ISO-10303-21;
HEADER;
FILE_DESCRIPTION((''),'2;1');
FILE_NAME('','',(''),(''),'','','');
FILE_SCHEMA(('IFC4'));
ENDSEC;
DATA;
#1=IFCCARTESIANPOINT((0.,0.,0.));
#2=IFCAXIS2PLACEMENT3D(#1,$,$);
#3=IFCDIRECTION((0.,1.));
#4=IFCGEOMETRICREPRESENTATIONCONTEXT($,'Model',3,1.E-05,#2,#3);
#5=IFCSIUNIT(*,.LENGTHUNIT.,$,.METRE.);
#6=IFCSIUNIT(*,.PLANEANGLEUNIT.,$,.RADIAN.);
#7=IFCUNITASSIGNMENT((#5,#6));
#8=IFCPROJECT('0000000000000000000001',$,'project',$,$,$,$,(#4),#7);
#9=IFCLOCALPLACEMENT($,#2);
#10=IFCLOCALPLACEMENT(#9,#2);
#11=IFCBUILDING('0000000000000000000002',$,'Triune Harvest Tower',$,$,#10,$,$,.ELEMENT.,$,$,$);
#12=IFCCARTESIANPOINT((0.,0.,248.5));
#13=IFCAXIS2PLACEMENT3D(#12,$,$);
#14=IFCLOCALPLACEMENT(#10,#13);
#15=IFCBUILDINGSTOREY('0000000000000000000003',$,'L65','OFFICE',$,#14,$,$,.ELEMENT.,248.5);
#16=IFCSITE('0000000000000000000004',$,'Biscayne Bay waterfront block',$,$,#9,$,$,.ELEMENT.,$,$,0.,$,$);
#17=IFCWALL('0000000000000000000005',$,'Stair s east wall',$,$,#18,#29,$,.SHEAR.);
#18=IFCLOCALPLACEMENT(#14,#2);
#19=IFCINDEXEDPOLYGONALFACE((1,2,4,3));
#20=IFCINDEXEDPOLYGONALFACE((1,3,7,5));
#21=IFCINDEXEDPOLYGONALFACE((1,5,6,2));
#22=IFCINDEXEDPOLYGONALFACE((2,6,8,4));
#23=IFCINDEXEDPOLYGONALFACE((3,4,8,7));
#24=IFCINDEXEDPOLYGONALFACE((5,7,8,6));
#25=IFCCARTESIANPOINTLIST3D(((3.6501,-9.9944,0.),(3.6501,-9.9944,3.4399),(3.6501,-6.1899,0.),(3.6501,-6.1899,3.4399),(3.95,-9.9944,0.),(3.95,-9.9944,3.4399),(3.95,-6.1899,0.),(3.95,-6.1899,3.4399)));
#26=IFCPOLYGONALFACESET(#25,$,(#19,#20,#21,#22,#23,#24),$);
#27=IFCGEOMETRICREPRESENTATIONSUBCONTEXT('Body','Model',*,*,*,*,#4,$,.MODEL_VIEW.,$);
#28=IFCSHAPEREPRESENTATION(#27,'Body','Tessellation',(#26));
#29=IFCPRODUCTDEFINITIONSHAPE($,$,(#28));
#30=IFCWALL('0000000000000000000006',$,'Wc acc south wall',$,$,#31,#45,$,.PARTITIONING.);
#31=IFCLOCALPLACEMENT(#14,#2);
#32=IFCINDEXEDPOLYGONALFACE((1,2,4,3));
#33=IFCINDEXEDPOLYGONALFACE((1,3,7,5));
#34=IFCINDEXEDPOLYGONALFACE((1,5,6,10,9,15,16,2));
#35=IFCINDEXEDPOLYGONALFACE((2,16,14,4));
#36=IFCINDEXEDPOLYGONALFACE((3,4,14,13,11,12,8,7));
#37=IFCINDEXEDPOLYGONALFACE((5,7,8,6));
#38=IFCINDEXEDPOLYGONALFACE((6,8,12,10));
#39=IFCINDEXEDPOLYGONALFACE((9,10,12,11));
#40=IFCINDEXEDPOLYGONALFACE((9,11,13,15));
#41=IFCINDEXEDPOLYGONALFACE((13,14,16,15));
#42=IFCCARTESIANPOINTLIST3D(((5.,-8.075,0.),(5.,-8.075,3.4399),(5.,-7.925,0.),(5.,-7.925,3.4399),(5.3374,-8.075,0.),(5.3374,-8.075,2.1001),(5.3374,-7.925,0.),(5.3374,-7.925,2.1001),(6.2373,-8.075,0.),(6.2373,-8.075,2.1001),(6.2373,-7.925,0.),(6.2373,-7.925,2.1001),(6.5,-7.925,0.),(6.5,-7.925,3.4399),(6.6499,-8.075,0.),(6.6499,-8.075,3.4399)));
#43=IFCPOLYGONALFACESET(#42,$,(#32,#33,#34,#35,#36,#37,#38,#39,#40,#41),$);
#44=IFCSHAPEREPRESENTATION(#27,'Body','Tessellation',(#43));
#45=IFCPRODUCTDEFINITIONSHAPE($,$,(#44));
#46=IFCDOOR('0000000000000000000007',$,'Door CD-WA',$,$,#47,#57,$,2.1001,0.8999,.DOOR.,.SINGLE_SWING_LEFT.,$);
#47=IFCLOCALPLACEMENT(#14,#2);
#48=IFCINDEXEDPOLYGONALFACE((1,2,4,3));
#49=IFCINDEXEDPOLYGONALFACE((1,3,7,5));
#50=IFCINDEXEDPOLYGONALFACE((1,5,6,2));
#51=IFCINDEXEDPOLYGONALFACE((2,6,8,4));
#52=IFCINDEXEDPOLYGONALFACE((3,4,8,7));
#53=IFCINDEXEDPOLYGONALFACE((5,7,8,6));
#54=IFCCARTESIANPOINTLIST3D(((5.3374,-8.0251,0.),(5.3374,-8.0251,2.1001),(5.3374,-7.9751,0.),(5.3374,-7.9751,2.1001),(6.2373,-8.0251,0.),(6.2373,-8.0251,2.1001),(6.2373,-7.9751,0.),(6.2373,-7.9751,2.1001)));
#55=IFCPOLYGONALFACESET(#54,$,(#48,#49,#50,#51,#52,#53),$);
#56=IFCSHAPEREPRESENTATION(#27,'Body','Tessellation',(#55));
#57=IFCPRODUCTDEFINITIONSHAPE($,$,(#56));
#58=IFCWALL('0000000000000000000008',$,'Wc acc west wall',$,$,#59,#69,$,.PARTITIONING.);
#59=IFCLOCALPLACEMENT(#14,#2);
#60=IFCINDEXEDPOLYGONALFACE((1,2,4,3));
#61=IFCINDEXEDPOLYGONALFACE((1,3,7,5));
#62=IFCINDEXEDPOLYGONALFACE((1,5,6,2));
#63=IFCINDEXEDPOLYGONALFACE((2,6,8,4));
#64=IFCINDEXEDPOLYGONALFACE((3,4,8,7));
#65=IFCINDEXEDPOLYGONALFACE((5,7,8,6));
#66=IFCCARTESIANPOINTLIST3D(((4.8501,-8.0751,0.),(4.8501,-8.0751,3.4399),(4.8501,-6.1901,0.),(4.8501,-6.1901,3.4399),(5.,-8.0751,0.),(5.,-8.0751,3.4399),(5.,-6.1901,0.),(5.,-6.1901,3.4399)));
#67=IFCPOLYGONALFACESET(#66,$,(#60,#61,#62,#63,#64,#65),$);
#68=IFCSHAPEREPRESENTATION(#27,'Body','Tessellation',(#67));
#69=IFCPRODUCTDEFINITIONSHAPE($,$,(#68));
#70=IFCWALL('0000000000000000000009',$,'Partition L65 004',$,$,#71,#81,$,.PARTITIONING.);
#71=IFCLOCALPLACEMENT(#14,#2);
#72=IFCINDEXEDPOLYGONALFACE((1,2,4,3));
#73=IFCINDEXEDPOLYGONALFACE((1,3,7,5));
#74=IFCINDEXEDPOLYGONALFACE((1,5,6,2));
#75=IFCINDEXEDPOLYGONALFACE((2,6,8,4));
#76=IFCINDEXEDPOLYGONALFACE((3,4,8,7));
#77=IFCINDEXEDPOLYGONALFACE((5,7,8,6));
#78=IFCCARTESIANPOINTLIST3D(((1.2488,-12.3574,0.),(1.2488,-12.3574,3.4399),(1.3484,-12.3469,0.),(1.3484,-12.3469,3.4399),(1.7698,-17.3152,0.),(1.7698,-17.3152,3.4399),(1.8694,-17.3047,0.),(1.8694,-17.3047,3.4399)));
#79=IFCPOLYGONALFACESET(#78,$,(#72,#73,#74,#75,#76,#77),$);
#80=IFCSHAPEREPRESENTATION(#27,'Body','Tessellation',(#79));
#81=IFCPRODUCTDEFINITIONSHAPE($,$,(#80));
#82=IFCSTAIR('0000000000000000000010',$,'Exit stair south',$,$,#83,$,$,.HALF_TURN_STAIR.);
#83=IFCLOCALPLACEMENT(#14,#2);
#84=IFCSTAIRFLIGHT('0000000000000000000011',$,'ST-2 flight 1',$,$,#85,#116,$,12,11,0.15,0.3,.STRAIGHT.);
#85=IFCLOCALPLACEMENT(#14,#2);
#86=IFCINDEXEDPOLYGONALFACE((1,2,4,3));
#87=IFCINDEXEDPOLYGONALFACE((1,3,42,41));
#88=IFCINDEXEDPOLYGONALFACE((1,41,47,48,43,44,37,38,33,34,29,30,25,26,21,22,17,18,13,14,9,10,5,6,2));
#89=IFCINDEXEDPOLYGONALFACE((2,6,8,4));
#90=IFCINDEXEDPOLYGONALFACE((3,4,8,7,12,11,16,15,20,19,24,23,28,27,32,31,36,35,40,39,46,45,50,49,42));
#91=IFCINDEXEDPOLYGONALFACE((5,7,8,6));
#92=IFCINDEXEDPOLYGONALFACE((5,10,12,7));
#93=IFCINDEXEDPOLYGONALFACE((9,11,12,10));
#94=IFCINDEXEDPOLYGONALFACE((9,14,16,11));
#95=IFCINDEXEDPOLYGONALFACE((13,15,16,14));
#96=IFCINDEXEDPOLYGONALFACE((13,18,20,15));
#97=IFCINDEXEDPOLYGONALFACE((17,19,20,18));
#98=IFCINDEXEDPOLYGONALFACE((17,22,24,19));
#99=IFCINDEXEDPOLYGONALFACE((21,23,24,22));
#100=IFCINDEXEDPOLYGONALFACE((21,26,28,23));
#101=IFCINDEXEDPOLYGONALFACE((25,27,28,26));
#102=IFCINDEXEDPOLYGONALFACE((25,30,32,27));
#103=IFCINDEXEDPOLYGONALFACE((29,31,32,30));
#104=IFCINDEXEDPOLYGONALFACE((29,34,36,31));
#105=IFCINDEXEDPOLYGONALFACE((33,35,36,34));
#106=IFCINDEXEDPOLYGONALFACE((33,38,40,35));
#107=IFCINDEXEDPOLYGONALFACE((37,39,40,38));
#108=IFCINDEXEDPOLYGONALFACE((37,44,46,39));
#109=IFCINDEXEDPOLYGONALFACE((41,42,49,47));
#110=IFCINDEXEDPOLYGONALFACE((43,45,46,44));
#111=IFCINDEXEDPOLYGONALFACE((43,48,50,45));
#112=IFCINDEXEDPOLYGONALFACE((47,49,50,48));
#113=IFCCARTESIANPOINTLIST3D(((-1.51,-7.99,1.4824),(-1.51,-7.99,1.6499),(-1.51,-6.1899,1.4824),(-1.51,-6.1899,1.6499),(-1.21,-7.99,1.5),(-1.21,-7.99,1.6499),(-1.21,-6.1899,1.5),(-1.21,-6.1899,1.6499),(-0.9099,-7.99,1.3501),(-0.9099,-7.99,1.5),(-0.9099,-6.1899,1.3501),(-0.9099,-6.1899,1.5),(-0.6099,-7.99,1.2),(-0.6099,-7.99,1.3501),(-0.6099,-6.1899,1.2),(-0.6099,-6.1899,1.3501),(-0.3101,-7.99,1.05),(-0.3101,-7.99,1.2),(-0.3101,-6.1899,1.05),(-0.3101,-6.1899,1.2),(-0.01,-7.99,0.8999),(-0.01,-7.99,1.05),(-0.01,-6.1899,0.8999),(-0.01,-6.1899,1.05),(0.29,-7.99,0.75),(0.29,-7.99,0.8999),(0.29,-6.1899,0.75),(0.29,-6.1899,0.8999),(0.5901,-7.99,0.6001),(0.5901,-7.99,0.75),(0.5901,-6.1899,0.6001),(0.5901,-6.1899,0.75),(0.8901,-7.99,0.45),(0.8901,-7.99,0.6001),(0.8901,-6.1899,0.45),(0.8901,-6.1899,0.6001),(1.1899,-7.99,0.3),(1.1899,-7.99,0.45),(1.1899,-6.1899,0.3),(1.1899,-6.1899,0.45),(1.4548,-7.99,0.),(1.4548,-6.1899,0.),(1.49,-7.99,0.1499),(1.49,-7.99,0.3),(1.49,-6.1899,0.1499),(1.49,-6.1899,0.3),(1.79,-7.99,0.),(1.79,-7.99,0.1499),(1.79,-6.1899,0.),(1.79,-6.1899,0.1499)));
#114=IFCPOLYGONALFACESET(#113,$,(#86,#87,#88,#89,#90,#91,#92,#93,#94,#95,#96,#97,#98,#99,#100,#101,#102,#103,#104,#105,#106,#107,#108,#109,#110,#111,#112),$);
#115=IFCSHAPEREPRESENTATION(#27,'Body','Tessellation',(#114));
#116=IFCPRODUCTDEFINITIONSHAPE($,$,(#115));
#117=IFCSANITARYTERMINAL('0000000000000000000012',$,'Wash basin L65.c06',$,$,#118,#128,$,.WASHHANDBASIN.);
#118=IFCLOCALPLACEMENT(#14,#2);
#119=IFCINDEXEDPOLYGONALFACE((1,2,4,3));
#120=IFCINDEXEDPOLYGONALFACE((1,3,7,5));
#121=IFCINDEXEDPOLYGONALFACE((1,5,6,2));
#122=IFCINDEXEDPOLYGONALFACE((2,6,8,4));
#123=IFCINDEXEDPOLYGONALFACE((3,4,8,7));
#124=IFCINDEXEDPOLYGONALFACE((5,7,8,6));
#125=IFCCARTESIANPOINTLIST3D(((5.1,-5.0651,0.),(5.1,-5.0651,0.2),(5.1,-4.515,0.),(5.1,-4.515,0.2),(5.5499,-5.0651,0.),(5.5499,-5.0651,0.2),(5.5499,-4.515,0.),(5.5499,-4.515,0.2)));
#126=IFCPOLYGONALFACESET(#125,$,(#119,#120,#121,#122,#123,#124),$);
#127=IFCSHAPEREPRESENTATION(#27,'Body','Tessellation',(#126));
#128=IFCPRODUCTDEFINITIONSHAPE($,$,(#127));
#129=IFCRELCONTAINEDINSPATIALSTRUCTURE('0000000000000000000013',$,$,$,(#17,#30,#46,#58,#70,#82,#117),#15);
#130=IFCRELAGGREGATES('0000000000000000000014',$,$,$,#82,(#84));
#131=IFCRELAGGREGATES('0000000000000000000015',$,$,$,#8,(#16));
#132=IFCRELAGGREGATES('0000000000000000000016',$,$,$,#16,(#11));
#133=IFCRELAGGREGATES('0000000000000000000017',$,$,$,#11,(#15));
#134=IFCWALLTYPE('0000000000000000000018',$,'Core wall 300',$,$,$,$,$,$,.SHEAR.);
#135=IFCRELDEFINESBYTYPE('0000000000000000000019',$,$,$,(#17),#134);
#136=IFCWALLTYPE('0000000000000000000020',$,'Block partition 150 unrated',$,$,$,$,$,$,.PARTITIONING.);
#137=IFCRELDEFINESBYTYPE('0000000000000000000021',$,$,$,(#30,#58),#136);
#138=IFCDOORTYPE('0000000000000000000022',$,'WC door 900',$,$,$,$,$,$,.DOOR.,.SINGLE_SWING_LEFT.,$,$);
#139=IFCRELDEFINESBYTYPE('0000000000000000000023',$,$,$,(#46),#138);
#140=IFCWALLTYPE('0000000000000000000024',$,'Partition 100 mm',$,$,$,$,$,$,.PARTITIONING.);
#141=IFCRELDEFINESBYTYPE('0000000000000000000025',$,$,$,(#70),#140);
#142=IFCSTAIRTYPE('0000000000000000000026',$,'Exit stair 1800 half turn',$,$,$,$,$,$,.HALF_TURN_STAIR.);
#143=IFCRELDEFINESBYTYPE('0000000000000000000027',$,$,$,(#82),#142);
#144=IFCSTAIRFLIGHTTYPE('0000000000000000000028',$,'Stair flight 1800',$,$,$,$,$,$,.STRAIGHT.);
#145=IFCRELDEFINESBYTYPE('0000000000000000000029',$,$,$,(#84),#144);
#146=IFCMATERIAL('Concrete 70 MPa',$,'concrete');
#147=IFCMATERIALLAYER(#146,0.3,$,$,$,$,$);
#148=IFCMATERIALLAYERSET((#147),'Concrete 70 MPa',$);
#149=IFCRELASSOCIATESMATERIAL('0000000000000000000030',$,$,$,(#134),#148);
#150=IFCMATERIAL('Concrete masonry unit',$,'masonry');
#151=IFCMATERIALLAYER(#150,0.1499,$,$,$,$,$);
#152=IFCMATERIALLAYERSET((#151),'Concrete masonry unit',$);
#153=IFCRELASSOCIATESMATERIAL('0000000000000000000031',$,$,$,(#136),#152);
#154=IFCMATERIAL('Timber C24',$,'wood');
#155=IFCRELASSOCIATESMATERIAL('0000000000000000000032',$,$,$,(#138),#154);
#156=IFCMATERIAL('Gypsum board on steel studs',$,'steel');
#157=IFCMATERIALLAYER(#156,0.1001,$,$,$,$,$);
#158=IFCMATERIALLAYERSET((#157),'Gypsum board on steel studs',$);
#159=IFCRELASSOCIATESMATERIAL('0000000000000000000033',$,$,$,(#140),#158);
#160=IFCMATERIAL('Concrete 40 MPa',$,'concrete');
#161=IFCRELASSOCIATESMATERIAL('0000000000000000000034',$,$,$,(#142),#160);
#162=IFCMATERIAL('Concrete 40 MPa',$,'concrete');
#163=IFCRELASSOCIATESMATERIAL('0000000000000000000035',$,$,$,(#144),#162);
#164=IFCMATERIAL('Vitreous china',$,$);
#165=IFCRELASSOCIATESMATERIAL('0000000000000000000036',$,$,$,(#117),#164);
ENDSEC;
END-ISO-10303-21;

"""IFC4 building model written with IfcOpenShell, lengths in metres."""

from ifc_helpers import new_model, si_unit, direction, frame, frame_2d, origin, origin_2d, place, context, subcontext, project, spatial, polyline, rectangle, outline, extrude, source, transform, mapped, material, layer, layer_set, type_object, element, fill, aggregate, save


model = new_model("IFC4")

# Units and contexts
model_context = context("Model", 3, precision=1e-05, world=origin(), true_north=direction((0.0, 1.0)))
body_context = subcontext(model_context, "Body", "Model", "MODEL_VIEW")
ifc_project = project(units=[si_unit("LENGTHUNIT", "METRE"), si_unit("PLANEANGLEUNIT", "RADIAN")], contexts=[model_context])

# Site, building, storey
site_placement = place(None, origin())
site = spatial("IfcSite", under=ifc_project, at=site_placement, Name="Biscayne Bay waterfront block", CompositionType="ELEMENT", RefElevation=0.0)
building_placement = place(site_placement, origin())
building = spatial("IfcBuilding", under=site, at=building_placement, Name="Triune Harvest Tower", CompositionType="ELEMENT")
storey_placement = place(building_placement, frame((0.0, 0.0, 248.5)))
storey = spatial("IfcBuildingStorey", under=building, at=storey_placement, Name="L65", Description="OFFICE", CompositionType="ELEMENT", Elevation=248.5)

# Shared definitions
ifc_material_1 = material(Name="Concrete 70 MPa", Category="concrete")
ifc_layer_1 = layer(ifc_material_1, 0.3)
ifc_layer_set_1 = layer_set([ifc_layer_1], Name="Concrete 70 MPa")
wall_type_1 = type_object("IfcWallType", Name="Core wall 300", PredefinedType="SHEAR", material=ifc_layer_set_1)

# Wall
shared_shape_1 = source(origin(), body_context, "Body", "SweptSolid", [
    extrude(outline(polyline([(3.8, -0.1499), (-0.0044, -0.1499), (-0.0044, 0.1499), (3.8, 0.1499), (3.8, -0.1499)])), origin(), (0.0, 0.0, 1.0), 3.4399),
])
wall_1_placement = place(storey_placement, frame((3.8, -9.99, 0.0), z_axis=(0.0, 0.0, 1.0), x_axis=(0.0, 1.0, 0.0)))
element("IfcWall", 1, at=wall_1_placement, inside=storey, type_object=wall_type_1, Name="Stair s east wall", PredefinedType="SHEAR", context=body_context, shape_type="MappedRepresentation", body=[
    mapped(shared_shape_1, transform((0.0, 0.0, 0.0), scale=1.0)),
])

# Wall, opening, door
ifc_material_2 = material(Name="Concrete masonry unit", Category="masonry")
ifc_layer_2 = layer(ifc_material_2, 0.1499)
ifc_layer_set_2 = layer_set([ifc_layer_2], Name="Concrete masonry unit")
wall_type_2 = type_object("IfcWallType", Name="Block partition 150 unrated", PredefinedType="PARTITIONING", material=ifc_layer_set_2)
shared_shape_2 = source(origin(), body_context, "Body", "SweptSolid", [
    extrude(outline(polyline([(0.0, -0.075), (1.6499, -0.075), (1.5, 0.075), (0.0, 0.075), (0.0, -0.075)])), origin(), (0.0, 0.0, 1.0), 3.4399),
])
wall_2_placement = place(storey_placement, frame((5.0, -8.0, 0.0), z_axis=(0.0, 0.0, 1.0), x_axis=(1.0, 0.0, 0.0)))
wall_2 = element("IfcWall", 2, at=wall_2_placement, inside=storey, type_object=wall_type_2, Name="Wc acc south wall", PredefinedType="PARTITIONING", context=body_context, shape_type="MappedRepresentation", body=[
    mapped(shared_shape_2, transform((0.0, 0.0, 0.0), scale=1.0)),
])
opening_1_placement = place(wall_2_placement, frame((0.3374, 0.0, 0.0)))
opening_1 = element("IfcOpeningElement", 3, at=opening_1_placement, cuts=wall_2, PredefinedType="OPENING", context=body_context, shape_type="SweptSolid", body=[
    extrude(rectangle(XDim=0.8999, YDim=2.1001, at=frame_2d((0.45, 1.05))), frame((0.0, 0.085, 0.0), z_axis=(0.0, -1.0, 0.0), x_axis=(1.0, 0.0, 0.0)), (0.0, 0.0, 1.0), 0.1699),
])
ifc_material_3 = material(Name="Timber C24", Category="wood")
door_type_1 = type_object("IfcDoorType", Name="WC door 900", OperationType="SINGLE_SWING_LEFT", PredefinedType="DOOR", material=ifc_material_3)
door_1_placement = place(opening_1_placement, origin())
door_1 = element("IfcDoor", 4, at=door_1_placement, inside=storey, type_object=door_type_1, Name="Door CD-WA", OperationType="SINGLE_SWING_LEFT", OverallHeight=2.1001, OverallWidth=0.8999, PredefinedType="DOOR", context=body_context, shape_type="SweptSolid", body=[
    extrude(rectangle(XDim=0.8999, YDim=2.1001, at=frame_2d((0.45, 1.05))), frame((0.0, 0.0249, 0.0), z_axis=(0.0, -1.0, 0.0), x_axis=(1.0, 0.0, 0.0)), (0.0, 0.0, 1.0), 0.05),
])
fill(opening_1, door_1)

# Walls
shared_shape_3 = source(origin(), body_context, "Body", "SweptSolid", [
    extrude(rectangle(XDim=1.885, YDim=0.1499, at=frame_2d((0.9424, 0.0))), origin(), (0.0, 0.0, 1.0), 3.4399),
])
wall_3_placement = place(storey_placement, frame((4.925, -8.075, 0.0), z_axis=(0.0, 0.0, 1.0), x_axis=(0.0, 1.0, 0.0)))
element("IfcWall", 5, at=wall_3_placement, inside=storey, type_object=wall_type_2, Name="Wc acc west wall", PredefinedType="PARTITIONING", context=body_context, shape_type="MappedRepresentation", body=[
    mapped(shared_shape_3, transform((0.0, 0.0, 0.0), scale=1.0)),
])
ifc_material_4 = material(Name="Gypsum board on steel studs", Category="steel")
ifc_layer_3 = layer(ifc_material_4, 0.1001)
ifc_layer_set_3 = layer_set([ifc_layer_3], Name="Gypsum board on steel studs")
wall_type_3 = type_object("IfcWallType", Name="Partition 100 mm", PredefinedType="PARTITIONING", material=ifc_layer_set_3)
shared_shape_4 = source(origin(), body_context, "Body", "SweptSolid", [
    extrude(rectangle(XDim=4.9851, YDim=0.1001, at=frame_2d((2.4927, 0.0))), origin(), (0.0, 0.0, 1.0), 3.4399),
])
wall_4_placement = place(storey_placement, frame((1.2986, -12.3521, 0.0), z_axis=(0.0, 0.0, 1.0), x_axis=(0.104511, -0.994524, 0.0)))
element("IfcWall", 6, at=wall_4_placement, inside=storey, type_object=wall_type_3, Name="Partition L65 004", PredefinedType="PARTITIONING", context=body_context, shape_type="MappedRepresentation", body=[
    mapped(shared_shape_4, transform((0.0, 0.0, 0.0), scale=1.0)),
])

# Stair, stair flight
ifc_material_5 = material(Name="Concrete 40 MPa", Category="concrete")
stair_type = type_object("IfcStairType", Name="Exit stair 1800 half turn", PredefinedType="HALF_TURN_STAIR", material=ifc_material_5)
stair_placement = place(storey_placement, origin())
stair = element("IfcStair", 7, at=stair_placement, inside=storey, type_object=stair_type, Name="Exit stair south", PredefinedType="HALF_TURN_STAIR")
ifc_material_6 = material(Name="Concrete 40 MPa", Category="concrete")
stair_flight_type = type_object("IfcStairFlightType", Name="Stair flight 1800", PredefinedType="STRAIGHT", material=ifc_material_6)
shared_shape_5 = source(origin(), body_context, "Body", "SweptSolid", [
    extrude(outline(polyline([(0.0, 0.0), (0.0, 0.1499), (0.3, 0.1499), (0.3, 0.3), (0.6001, 0.3), (0.6001, 0.45), (0.8999, 0.45), (0.8999, 0.6001), (1.2, 0.6001), (1.2, 0.75), (1.5, 0.75), (1.5, 0.8999), (1.8, 0.8999), (1.8, 1.05), (2.1001, 1.05), (2.1001, 1.2), (2.3999, 1.2), (2.3999, 1.3501), (2.7, 1.3501), (2.7, 1.5), (3.0, 1.5), (3.0, 1.6499), (3.3, 1.6499), (3.3, 1.8), (3.3, 1.4824), (0.3352, 0.0), (0.0, 0.0)])), frame((0.0, 0.8999, 0.0), z_axis=(0.0, -1.0, 0.0), x_axis=(1.0, 0.0, 0.0)), (0.0, 0.0, 1.0), 1.8),
])
stair_flight_placement = place(storey_placement, frame((1.79, -7.0901, 0.0), z_axis=(0.0, 0.0, 1.0), x_axis=(-1.0, 0.0, 0.0)))
stair_flight = element("IfcStairFlight", 8, at=stair_flight_placement, type_object=stair_flight_type, Name="ST-2 flight 1", NumberOfRisers=12, NumberOfTreads=11, PredefinedType="STRAIGHT", RiserHeight=0.15, TreadLength=0.3, context=body_context, shape_type="MappedRepresentation", body=[
    mapped(shared_shape_5, transform((0.0, 0.0, 0.0), scale=1.0)),
])
aggregate(stair, [stair_flight])

# Sanitary terminal
ifc_material_7 = material(Name="Vitreous china")
shared_shape_6 = source(origin(), body_context, "Body", "SweptSolid", [
    extrude(rectangle(XDim=0.55, YDim=0.45, at=origin_2d()), origin(), (0.0, 0.0, 1.0), 0.2),
])
sanitary_terminal_placement = place(storey_placement, frame((5.325, -4.79, 0.0), z_axis=(0.0, 0.0, 1.0), x_axis=(0.0, 1.0, 0.0)))
element("IfcSanitaryTerminal", 9, at=sanitary_terminal_placement, inside=storey, material=ifc_material_7, Name="Wash basin L65.c06", PredefinedType="WASHHANDBASIN", context=body_context, shape_type="MappedRepresentation", body=[
    mapped(shared_shape_6, transform((0.0, 0.0, 0.0), scale=1.0)),
])

save(model, "model.ifc")
